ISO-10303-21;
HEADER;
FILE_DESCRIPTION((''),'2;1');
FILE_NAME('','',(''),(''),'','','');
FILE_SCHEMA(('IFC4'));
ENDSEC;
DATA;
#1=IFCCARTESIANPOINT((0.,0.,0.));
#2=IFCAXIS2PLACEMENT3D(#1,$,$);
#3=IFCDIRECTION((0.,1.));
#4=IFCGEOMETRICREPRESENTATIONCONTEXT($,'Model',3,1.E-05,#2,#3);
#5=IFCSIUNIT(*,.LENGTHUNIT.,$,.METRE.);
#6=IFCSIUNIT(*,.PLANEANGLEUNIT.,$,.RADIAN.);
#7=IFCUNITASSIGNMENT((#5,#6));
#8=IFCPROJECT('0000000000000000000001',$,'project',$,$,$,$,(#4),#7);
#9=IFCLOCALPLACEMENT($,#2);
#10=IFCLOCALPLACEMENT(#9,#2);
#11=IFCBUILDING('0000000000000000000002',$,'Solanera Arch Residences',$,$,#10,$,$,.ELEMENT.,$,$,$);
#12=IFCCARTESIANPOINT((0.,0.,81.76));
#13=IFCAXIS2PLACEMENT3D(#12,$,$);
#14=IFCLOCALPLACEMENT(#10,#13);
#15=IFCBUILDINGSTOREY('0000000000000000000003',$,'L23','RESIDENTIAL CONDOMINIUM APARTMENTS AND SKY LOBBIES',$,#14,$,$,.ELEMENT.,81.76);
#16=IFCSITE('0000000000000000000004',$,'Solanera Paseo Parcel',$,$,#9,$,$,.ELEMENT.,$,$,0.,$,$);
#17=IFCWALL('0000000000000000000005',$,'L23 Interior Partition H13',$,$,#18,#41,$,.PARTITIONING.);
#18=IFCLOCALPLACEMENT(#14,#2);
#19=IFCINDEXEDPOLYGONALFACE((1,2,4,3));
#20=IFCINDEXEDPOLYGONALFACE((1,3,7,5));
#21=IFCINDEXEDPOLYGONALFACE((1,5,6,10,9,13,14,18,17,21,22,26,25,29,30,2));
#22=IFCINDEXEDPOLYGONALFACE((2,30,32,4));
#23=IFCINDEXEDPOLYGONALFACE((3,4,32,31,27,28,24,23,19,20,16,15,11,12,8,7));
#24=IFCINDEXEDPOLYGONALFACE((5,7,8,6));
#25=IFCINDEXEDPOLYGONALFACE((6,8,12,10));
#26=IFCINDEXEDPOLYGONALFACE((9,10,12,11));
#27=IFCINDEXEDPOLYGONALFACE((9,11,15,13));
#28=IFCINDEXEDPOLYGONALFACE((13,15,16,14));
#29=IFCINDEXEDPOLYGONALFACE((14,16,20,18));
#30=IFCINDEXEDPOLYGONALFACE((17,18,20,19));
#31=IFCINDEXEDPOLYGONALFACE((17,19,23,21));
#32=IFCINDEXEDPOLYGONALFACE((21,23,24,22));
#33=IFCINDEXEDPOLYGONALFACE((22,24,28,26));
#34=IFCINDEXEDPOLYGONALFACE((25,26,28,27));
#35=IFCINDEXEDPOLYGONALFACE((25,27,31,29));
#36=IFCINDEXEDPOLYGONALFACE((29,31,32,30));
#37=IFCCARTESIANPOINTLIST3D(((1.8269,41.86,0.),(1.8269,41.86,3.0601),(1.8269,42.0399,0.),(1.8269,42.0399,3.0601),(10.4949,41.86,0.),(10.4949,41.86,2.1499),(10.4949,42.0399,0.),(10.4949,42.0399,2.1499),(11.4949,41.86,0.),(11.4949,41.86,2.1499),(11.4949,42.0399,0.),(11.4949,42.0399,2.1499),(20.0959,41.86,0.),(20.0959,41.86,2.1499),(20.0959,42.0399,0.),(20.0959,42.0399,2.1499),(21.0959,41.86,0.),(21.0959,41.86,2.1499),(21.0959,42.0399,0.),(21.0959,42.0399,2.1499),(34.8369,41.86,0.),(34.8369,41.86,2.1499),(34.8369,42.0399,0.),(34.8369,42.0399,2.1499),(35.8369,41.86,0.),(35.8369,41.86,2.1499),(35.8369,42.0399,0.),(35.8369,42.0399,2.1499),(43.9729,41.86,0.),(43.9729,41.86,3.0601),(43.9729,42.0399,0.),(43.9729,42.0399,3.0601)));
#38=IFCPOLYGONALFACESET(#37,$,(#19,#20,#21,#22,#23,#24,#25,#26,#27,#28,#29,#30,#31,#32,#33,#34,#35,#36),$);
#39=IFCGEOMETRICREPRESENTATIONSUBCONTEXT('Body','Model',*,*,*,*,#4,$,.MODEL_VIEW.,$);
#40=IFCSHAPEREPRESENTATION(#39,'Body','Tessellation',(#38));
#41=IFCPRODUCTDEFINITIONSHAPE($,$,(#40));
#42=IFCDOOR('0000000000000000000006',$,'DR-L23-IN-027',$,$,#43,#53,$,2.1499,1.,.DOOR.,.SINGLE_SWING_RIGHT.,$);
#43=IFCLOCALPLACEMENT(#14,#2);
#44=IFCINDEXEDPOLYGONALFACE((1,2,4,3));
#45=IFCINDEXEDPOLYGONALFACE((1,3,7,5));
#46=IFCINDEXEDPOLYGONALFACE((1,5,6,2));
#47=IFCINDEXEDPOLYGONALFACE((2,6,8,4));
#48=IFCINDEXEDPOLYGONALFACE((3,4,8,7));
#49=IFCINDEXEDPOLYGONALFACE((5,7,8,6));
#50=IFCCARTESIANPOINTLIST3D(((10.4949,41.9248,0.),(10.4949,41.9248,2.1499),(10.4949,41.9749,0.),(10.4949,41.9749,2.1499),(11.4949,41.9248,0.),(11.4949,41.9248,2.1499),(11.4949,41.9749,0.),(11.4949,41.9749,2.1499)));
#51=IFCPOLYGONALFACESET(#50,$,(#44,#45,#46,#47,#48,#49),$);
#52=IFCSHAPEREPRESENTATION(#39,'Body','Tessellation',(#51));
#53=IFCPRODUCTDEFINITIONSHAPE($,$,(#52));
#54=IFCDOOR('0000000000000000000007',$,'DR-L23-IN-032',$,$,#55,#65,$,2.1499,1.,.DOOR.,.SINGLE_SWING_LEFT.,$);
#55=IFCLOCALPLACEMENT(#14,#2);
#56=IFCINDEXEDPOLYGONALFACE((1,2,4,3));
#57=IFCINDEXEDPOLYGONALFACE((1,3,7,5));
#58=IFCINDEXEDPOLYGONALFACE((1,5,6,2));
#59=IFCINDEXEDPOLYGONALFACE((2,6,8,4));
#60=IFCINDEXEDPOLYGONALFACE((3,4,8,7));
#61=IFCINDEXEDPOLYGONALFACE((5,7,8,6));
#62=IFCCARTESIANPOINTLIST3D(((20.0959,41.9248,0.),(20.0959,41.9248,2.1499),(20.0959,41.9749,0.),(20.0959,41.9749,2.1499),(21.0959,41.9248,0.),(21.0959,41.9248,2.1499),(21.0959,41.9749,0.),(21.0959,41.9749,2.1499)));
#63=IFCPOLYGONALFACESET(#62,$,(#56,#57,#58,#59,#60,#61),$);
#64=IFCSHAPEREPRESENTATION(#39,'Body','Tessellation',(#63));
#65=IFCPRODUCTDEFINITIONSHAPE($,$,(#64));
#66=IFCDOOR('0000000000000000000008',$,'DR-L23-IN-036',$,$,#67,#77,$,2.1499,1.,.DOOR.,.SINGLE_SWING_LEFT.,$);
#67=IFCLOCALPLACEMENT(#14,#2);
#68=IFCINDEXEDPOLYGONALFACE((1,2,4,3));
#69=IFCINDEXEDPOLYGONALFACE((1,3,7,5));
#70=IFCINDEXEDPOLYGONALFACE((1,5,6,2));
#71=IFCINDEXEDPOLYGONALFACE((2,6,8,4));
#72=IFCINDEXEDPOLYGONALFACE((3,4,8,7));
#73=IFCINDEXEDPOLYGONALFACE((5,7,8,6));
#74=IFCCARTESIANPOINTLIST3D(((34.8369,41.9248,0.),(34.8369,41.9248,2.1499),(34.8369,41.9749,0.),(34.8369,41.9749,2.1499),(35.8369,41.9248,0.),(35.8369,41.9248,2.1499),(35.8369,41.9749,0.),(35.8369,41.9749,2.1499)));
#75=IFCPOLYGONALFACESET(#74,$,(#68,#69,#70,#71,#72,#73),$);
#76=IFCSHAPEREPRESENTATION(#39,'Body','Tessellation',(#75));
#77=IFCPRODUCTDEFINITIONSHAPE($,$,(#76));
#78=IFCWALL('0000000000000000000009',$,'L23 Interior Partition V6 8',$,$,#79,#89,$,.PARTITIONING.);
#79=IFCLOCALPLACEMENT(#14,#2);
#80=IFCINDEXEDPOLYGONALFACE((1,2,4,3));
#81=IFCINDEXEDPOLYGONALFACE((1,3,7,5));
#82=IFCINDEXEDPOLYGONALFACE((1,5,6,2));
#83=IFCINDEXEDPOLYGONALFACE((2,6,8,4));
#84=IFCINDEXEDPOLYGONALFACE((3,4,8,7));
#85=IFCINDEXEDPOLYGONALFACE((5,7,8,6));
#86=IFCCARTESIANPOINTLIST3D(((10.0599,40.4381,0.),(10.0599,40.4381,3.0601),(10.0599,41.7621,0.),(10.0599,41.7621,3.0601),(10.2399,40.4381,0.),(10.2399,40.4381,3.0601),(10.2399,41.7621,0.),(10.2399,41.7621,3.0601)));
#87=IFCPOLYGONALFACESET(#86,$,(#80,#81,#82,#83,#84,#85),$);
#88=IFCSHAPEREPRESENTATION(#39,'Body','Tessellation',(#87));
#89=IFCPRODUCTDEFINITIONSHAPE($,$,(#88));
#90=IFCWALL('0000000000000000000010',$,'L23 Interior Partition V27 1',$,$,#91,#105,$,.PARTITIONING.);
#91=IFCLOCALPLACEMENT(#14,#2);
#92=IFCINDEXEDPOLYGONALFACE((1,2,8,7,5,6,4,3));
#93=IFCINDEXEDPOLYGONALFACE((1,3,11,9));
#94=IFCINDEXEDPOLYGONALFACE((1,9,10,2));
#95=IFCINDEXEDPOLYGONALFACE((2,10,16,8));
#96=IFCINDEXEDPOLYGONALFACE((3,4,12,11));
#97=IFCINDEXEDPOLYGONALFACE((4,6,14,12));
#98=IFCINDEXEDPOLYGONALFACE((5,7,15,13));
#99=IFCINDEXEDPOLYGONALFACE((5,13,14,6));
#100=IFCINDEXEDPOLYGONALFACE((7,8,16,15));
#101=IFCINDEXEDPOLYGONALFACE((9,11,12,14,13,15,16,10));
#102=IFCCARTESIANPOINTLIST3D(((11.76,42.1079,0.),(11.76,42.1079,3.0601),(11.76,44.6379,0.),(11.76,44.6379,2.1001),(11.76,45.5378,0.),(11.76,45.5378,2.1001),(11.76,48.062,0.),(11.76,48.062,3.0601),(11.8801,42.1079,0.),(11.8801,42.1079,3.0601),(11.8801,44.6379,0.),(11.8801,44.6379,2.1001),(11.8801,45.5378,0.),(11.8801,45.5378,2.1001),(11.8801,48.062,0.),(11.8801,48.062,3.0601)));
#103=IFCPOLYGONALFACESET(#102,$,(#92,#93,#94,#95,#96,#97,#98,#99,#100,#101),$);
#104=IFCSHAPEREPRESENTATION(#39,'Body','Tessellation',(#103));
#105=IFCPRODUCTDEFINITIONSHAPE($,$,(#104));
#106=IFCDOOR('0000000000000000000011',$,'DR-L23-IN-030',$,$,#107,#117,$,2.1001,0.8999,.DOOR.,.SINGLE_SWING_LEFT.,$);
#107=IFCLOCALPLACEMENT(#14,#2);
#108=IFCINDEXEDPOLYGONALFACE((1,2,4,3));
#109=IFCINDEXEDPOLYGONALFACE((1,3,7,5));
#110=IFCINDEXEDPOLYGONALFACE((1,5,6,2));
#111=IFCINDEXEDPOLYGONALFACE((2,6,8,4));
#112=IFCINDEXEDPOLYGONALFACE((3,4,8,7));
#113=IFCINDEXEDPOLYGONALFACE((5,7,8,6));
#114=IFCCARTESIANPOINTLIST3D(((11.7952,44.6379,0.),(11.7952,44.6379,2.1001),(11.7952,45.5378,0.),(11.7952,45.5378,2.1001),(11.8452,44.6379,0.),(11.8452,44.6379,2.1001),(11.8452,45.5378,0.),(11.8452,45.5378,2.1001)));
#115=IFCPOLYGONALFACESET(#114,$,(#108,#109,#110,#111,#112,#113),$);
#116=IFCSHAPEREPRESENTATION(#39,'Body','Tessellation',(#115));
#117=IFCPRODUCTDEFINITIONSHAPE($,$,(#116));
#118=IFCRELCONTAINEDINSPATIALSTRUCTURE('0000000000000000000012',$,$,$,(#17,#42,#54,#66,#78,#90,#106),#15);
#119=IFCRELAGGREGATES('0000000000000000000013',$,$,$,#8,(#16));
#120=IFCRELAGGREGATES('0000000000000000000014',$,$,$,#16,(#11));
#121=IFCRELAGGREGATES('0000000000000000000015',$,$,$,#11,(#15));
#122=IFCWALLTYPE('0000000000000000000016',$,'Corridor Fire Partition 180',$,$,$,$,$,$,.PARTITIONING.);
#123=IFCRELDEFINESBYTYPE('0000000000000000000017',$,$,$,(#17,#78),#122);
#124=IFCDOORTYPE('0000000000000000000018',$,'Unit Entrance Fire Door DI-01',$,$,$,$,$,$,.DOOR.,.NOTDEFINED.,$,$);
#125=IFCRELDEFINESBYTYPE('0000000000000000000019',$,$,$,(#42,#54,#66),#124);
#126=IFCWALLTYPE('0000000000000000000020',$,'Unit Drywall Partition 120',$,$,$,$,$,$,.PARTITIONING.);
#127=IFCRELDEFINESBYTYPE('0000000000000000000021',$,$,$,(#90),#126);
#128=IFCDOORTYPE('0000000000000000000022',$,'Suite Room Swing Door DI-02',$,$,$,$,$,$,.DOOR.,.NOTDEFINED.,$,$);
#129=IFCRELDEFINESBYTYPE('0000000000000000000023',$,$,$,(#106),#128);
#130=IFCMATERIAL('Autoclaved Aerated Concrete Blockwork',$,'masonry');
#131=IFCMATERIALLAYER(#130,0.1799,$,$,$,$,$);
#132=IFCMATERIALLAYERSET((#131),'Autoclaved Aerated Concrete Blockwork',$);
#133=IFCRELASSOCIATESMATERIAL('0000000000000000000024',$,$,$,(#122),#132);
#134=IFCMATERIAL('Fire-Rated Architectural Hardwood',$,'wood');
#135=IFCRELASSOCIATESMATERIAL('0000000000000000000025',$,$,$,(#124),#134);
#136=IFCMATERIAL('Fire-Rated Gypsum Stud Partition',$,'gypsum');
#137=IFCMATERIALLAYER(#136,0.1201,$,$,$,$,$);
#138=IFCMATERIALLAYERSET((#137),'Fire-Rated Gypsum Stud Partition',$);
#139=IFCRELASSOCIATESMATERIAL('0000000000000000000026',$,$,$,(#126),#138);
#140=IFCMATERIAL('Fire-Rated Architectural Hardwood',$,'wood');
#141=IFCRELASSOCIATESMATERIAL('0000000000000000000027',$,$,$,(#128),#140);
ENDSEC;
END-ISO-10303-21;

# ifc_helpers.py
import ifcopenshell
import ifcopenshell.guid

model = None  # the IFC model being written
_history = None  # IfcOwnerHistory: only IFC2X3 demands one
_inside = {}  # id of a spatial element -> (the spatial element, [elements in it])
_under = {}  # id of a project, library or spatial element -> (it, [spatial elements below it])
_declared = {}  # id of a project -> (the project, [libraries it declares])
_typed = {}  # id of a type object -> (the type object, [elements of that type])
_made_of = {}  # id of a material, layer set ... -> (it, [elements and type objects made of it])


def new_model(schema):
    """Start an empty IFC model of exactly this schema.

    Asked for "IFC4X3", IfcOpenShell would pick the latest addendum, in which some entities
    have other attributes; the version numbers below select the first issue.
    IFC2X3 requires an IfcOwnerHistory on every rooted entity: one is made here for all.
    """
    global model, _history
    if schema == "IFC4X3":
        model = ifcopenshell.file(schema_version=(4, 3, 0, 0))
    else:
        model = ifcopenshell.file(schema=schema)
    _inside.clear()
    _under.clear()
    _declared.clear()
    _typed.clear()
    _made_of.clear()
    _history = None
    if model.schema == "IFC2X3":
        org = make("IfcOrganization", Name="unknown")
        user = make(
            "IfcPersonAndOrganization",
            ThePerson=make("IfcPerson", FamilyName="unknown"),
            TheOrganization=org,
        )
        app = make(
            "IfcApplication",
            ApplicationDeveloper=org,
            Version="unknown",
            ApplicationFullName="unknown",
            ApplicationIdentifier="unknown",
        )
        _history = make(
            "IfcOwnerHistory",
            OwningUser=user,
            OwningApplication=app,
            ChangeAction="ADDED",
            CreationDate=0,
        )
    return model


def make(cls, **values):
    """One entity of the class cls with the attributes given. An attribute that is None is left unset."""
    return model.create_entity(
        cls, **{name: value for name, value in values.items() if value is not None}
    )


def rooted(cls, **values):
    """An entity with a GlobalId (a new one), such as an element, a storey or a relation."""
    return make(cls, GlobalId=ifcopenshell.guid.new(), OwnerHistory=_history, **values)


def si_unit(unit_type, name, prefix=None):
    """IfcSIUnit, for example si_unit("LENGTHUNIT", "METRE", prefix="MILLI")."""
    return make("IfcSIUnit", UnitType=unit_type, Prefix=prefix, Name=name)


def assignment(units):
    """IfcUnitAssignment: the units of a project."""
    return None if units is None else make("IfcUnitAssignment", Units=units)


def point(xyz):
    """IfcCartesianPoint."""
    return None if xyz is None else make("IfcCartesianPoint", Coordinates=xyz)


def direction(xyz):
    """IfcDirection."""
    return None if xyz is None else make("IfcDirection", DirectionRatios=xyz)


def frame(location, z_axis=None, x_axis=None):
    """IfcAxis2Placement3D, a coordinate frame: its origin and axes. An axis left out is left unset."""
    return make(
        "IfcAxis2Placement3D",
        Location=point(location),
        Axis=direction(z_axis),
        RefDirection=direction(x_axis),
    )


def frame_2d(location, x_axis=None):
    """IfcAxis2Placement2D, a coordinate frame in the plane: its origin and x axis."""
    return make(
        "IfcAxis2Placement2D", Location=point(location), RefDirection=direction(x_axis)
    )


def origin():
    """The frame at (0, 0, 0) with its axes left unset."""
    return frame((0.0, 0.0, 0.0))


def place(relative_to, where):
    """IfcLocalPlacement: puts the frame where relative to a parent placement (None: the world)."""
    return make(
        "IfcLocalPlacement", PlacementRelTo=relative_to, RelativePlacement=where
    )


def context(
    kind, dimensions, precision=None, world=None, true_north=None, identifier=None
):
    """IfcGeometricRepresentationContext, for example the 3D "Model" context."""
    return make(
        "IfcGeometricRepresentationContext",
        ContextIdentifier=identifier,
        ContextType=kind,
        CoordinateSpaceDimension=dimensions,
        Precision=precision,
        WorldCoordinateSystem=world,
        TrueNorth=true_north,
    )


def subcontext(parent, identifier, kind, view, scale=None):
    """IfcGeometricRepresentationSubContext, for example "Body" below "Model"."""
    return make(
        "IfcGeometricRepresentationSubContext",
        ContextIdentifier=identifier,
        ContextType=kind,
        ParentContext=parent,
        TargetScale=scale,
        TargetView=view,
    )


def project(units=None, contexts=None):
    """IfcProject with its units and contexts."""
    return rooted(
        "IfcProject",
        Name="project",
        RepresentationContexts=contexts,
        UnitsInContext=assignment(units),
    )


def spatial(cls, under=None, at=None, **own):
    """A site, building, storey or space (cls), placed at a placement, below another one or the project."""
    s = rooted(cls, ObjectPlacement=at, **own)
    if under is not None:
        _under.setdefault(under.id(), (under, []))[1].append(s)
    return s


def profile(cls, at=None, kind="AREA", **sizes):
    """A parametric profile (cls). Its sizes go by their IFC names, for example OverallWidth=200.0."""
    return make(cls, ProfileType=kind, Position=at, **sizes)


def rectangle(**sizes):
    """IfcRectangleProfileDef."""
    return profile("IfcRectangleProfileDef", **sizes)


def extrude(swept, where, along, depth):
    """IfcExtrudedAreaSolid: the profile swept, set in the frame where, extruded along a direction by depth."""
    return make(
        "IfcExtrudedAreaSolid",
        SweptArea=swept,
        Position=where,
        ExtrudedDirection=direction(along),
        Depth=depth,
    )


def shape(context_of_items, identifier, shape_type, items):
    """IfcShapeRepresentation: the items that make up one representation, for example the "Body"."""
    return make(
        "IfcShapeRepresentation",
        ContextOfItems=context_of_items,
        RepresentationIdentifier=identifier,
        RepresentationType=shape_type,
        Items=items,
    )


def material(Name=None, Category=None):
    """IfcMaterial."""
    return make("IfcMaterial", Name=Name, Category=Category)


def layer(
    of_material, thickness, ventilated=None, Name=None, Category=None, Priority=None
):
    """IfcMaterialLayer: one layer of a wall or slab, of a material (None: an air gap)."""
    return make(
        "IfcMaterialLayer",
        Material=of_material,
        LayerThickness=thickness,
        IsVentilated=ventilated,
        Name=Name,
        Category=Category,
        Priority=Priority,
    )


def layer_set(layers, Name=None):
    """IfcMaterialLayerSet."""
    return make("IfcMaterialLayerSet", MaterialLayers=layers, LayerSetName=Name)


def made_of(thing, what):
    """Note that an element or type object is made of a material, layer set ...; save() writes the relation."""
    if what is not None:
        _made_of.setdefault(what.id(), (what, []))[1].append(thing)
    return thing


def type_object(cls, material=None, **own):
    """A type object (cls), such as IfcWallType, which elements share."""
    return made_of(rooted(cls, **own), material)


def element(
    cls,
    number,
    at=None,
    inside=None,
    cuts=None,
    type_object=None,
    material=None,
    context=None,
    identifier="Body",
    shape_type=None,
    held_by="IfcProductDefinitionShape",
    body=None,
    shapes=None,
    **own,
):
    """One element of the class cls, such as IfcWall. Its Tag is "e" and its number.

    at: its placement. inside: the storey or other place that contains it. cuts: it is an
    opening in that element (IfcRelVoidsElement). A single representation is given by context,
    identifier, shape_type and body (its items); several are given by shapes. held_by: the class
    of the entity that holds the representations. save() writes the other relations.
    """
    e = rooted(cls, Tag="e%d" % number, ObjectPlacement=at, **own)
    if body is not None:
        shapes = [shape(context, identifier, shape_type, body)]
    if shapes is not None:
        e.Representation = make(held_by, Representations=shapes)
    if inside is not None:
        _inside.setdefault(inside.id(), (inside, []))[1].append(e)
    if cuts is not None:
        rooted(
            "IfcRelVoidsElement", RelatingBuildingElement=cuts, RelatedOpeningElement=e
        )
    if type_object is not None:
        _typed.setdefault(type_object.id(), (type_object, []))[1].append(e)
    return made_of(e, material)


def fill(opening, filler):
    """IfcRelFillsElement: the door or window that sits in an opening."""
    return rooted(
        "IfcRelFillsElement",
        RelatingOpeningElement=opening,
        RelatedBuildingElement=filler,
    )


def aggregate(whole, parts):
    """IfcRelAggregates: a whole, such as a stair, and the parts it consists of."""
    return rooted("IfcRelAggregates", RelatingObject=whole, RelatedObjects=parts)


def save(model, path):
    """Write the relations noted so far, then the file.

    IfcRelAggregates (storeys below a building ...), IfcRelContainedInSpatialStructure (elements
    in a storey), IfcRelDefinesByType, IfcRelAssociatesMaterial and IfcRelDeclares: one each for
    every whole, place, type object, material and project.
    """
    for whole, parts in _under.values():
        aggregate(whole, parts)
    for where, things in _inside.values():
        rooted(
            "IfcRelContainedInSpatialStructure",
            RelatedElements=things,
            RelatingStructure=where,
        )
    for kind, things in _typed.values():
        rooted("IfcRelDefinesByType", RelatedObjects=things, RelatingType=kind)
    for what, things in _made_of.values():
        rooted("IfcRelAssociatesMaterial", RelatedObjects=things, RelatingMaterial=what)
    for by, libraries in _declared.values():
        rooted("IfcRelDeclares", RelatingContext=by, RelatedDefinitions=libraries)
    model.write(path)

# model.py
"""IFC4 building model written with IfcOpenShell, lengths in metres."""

from ifc_helpers import new_model, si_unit, direction, frame, frame_2d, origin, place, context, subcontext, project, spatial, rectangle, extrude, material, layer, layer_set, type_object, element, fill, save


model = new_model("IFC4")

# Units and contexts
model_context = context("Model", 3, precision=1e-05, world=origin(), true_north=direction((0.0, 1.0)))
body_context = subcontext(model_context, "Body", "Model", "MODEL_VIEW")
ifc_project = project(units=[si_unit("LENGTHUNIT", "METRE"), si_unit("PLANEANGLEUNIT", "RADIAN")], contexts=[model_context])

# Site, building, storey
site_placement = place(None, origin())
site = spatial("IfcSite", under=ifc_project, at=site_placement, Name="Solanera Paseo Parcel", CompositionType="ELEMENT", RefElevation=0.0)
building_placement = place(site_placement, origin())
building = spatial("IfcBuilding", under=site, at=building_placement, Name="Solanera Arch Residences", CompositionType="ELEMENT")
storey_placement = place(building_placement, frame((0.0, 0.0, 81.76)))
storey = spatial("IfcBuildingStorey", under=building, at=storey_placement, Name="L23", Description="RESIDENTIAL CONDOMINIUM APARTMENTS AND SKY LOBBIES", CompositionType="ELEMENT", Elevation=81.76)

# Wall, openings, doors
ifc_material_1 = material(Name="Autoclaved Aerated Concrete Blockwork", Category="masonry")
ifc_layer_1 = layer(ifc_material_1, 0.1799)
ifc_layer_set_1 = layer_set([ifc_layer_1], Name="Autoclaved Aerated Concrete Blockwork")
wall_type_1 = type_object("IfcWallType", Name="Corridor Fire Partition 180", PredefinedType="PARTITIONING", material=ifc_layer_set_1)
ifc_material_2 = material(Name="Fire-Rated Architectural Hardwood", Category="wood")
door_type_1 = type_object("IfcDoorType", Name="Unit Entrance Fire Door DI-01", OperationType="NOTDEFINED", PredefinedType="DOOR", material=ifc_material_2)
wall_1_placement = place(storey_placement, frame((1.8269, 41.95, 0.0), z_axis=(0.0, 0.0, 1.0), x_axis=(1.0, 0.0, 0.0)))
wall_1 = element("IfcWall", 1, at=wall_1_placement, inside=storey, type_object=wall_type_1, Name="L23 Interior Partition H13", PredefinedType="PARTITIONING", context=body_context, shape_type="SweptSolid", body=[
    extrude(rectangle(XDim=42.146, YDim=0.1799, at=frame_2d((21.073, 0.0))), origin(), (0.0, 0.0, 1.0), 3.0601),
])
opening_1_placement = place(wall_1_placement, frame((8.668, 0.0, 0.0)))
opening_1 = element("IfcOpeningElement", 2, at=opening_1_placement, cuts=wall_1, PredefinedType="OPENING", context=body_context, shape_type="SweptSolid", body=[
    extrude(rectangle(XDim=1.0, YDim=2.1499, at=frame_2d((0.5, 1.075))), frame((0.0, 0.1001, 0.0), z_axis=(0.0, -1.0, 0.0), x_axis=(1.0, 0.0, 0.0)), (0.0, 0.0, 1.0), 0.1999),
])
opening_2_placement = place(wall_1_placement, frame((18.269, 0.0, 0.0)))
opening_2 = element("IfcOpeningElement", 3, at=opening_2_placement, cuts=wall_1, PredefinedType="OPENING", context=body_context, shape_type="SweptSolid", body=[
    extrude(rectangle(XDim=1.0, YDim=2.1499, at=frame_2d((0.5, 1.075))), frame((0.0, 0.1001, 0.0), z_axis=(0.0, -1.0, 0.0), x_axis=(1.0, 0.0, 0.0)), (0.0, 0.0, 1.0), 0.1999),
])
opening_3_placement = place(wall_1_placement, frame((33.01, 0.0, 0.0)))
opening_3 = element("IfcOpeningElement", 4, at=opening_3_placement, cuts=wall_1, PredefinedType="OPENING", context=body_context, shape_type="SweptSolid", body=[
    extrude(rectangle(XDim=1.0, YDim=2.1499, at=frame_2d((0.5, 1.075))), frame((0.0, 0.1001, 0.0), z_axis=(0.0, -1.0, 0.0), x_axis=(1.0, 0.0, 0.0)), (0.0, 0.0, 1.0), 0.1999),
])
door_1_placement = place(opening_1_placement, origin())
door_1 = element("IfcDoor", 5, at=door_1_placement, inside=storey, type_object=door_type_1, Name="DR-L23-IN-027", OperationType="SINGLE_SWING_RIGHT", OverallHeight=2.1499, OverallWidth=1.0, PredefinedType="DOOR", context=body_context, shape_type="SweptSolid", body=[
    extrude(rectangle(XDim=1.0, YDim=2.1499, at=frame_2d((0.5, 1.075))), frame((0.0, 0.0249, 0.0), z_axis=(0.0, -1.0, 0.0), x_axis=(1.0, 0.0, 0.0)), (0.0, 0.0, 1.0), 0.05),
])
fill(opening_1, door_1)
door_2_placement = place(opening_2_placement, origin())
door_2 = element("IfcDoor", 6, at=door_2_placement, inside=storey, type_object=door_type_1, Name="DR-L23-IN-032", OperationType="SINGLE_SWING_LEFT", OverallHeight=2.1499, OverallWidth=1.0, PredefinedType="DOOR", context=body_context, shape_type="SweptSolid", body=[
    extrude(rectangle(XDim=1.0, YDim=2.1499, at=frame_2d((0.5, 1.075))), frame((0.0, 0.0249, 0.0), z_axis=(0.0, -1.0, 0.0), x_axis=(1.0, 0.0, 0.0)), (0.0, 0.0, 1.0), 0.05),
])
fill(opening_2, door_2)
door_3_placement = place(opening_3_placement, origin())
door_3 = element("IfcDoor", 7, at=door_3_placement, inside=storey, type_object=door_type_1, Name="DR-L23-IN-036", OperationType="SINGLE_SWING_LEFT", OverallHeight=2.1499, OverallWidth=1.0, PredefinedType="DOOR", context=body_context, shape_type="SweptSolid", body=[
    extrude(rectangle(XDim=1.0, YDim=2.1499, at=frame_2d((0.5, 1.075))), frame((0.0, 0.0249, 0.0), z_axis=(0.0, -1.0, 0.0), x_axis=(1.0, 0.0, 0.0)), (0.0, 0.0, 1.0), 0.05),
])
fill(opening_3, door_3)

# Wall
wall_2_placement = place(storey_placement, frame((10.1499, 40.438, 0.0), z_axis=(0.0, 0.0, 1.0), x_axis=(0.0, 1.0, 0.0)))
element("IfcWall", 8, at=wall_2_placement, inside=storey, type_object=wall_type_1, Name="L23 Interior Partition V6 8", PredefinedType="PARTITIONING", context=body_context, shape_type="SweptSolid", body=[
    extrude(rectangle(XDim=1.324, YDim=0.1799, at=frame_2d((0.6621, 0.0))), origin(), (0.0, 0.0, 1.0), 3.0601),
])

# Wall, opening, door
ifc_material_3 = material(Name="Fire-Rated Gypsum Stud Partition", Category="gypsum")
ifc_layer_2 = layer(ifc_material_3, 0.1201)
ifc_layer_set_2 = layer_set([ifc_layer_2], Name="Fire-Rated Gypsum Stud Partition")
wall_type_2 = type_object("IfcWallType", Name="Unit Drywall Partition 120", PredefinedType="PARTITIONING", material=ifc_layer_set_2)
wall_3_placement = place(storey_placement, frame((11.8201, 42.1079, 0.0), z_axis=(0.0, 0.0, 1.0), x_axis=(0.0, 1.0, 0.0)))
wall_3 = element("IfcWall", 9, at=wall_3_placement, inside=storey, type_object=wall_type_2, Name="L23 Interior Partition V27 1", PredefinedType="PARTITIONING", context=body_context, shape_type="SweptSolid", body=[
    extrude(rectangle(XDim=5.9541, YDim=0.1201, at=frame_2d((2.9771, 0.0))), origin(), (0.0, 0.0, 1.0), 3.0601),
])
opening_4_placement = place(wall_3_placement, frame((2.53, 0.0, 0.0)))
opening_4 = element("IfcOpeningElement", 10, at=opening_4_placement, cuts=wall_3, PredefinedType="OPENING", context=body_context, shape_type="SweptSolid", body=[
    extrude(rectangle(XDim=0.8999, YDim=2.1001, at=frame_2d((0.45, 1.05))), frame((0.0, 0.0701, 0.0), z_axis=(0.0, -1.0, 0.0), x_axis=(1.0, 0.0, 0.0)), (0.0, 0.0, 1.0), 0.1401),
])
ifc_material_4 = material(Name="Fire-Rated Architectural Hardwood", Category="wood")
door_type_2 = type_object("IfcDoorType", Name="Suite Room Swing Door DI-02", OperationType="NOTDEFINED", PredefinedType="DOOR", material=ifc_material_4)
door_4_placement = place(opening_4_placement, origin())
door_4 = element("IfcDoor", 11, at=door_4_placement, inside=storey, type_object=door_type_2, Name="DR-L23-IN-030", OperationType="SINGLE_SWING_LEFT", OverallHeight=2.1001, OverallWidth=0.8999, PredefinedType="DOOR", context=body_context, shape_type="SweptSolid", body=[
    extrude(rectangle(XDim=0.8999, YDim=2.1001, at=frame_2d((0.45, 1.05))), frame((0.0, 0.0249, 0.0), z_axis=(0.0, -1.0, 0.0), x_axis=(1.0, 0.0, 0.0)), (0.0, 0.0, 1.0), 0.05),
])
fill(opening_4, door_4)

save(model, "model.ifc")
